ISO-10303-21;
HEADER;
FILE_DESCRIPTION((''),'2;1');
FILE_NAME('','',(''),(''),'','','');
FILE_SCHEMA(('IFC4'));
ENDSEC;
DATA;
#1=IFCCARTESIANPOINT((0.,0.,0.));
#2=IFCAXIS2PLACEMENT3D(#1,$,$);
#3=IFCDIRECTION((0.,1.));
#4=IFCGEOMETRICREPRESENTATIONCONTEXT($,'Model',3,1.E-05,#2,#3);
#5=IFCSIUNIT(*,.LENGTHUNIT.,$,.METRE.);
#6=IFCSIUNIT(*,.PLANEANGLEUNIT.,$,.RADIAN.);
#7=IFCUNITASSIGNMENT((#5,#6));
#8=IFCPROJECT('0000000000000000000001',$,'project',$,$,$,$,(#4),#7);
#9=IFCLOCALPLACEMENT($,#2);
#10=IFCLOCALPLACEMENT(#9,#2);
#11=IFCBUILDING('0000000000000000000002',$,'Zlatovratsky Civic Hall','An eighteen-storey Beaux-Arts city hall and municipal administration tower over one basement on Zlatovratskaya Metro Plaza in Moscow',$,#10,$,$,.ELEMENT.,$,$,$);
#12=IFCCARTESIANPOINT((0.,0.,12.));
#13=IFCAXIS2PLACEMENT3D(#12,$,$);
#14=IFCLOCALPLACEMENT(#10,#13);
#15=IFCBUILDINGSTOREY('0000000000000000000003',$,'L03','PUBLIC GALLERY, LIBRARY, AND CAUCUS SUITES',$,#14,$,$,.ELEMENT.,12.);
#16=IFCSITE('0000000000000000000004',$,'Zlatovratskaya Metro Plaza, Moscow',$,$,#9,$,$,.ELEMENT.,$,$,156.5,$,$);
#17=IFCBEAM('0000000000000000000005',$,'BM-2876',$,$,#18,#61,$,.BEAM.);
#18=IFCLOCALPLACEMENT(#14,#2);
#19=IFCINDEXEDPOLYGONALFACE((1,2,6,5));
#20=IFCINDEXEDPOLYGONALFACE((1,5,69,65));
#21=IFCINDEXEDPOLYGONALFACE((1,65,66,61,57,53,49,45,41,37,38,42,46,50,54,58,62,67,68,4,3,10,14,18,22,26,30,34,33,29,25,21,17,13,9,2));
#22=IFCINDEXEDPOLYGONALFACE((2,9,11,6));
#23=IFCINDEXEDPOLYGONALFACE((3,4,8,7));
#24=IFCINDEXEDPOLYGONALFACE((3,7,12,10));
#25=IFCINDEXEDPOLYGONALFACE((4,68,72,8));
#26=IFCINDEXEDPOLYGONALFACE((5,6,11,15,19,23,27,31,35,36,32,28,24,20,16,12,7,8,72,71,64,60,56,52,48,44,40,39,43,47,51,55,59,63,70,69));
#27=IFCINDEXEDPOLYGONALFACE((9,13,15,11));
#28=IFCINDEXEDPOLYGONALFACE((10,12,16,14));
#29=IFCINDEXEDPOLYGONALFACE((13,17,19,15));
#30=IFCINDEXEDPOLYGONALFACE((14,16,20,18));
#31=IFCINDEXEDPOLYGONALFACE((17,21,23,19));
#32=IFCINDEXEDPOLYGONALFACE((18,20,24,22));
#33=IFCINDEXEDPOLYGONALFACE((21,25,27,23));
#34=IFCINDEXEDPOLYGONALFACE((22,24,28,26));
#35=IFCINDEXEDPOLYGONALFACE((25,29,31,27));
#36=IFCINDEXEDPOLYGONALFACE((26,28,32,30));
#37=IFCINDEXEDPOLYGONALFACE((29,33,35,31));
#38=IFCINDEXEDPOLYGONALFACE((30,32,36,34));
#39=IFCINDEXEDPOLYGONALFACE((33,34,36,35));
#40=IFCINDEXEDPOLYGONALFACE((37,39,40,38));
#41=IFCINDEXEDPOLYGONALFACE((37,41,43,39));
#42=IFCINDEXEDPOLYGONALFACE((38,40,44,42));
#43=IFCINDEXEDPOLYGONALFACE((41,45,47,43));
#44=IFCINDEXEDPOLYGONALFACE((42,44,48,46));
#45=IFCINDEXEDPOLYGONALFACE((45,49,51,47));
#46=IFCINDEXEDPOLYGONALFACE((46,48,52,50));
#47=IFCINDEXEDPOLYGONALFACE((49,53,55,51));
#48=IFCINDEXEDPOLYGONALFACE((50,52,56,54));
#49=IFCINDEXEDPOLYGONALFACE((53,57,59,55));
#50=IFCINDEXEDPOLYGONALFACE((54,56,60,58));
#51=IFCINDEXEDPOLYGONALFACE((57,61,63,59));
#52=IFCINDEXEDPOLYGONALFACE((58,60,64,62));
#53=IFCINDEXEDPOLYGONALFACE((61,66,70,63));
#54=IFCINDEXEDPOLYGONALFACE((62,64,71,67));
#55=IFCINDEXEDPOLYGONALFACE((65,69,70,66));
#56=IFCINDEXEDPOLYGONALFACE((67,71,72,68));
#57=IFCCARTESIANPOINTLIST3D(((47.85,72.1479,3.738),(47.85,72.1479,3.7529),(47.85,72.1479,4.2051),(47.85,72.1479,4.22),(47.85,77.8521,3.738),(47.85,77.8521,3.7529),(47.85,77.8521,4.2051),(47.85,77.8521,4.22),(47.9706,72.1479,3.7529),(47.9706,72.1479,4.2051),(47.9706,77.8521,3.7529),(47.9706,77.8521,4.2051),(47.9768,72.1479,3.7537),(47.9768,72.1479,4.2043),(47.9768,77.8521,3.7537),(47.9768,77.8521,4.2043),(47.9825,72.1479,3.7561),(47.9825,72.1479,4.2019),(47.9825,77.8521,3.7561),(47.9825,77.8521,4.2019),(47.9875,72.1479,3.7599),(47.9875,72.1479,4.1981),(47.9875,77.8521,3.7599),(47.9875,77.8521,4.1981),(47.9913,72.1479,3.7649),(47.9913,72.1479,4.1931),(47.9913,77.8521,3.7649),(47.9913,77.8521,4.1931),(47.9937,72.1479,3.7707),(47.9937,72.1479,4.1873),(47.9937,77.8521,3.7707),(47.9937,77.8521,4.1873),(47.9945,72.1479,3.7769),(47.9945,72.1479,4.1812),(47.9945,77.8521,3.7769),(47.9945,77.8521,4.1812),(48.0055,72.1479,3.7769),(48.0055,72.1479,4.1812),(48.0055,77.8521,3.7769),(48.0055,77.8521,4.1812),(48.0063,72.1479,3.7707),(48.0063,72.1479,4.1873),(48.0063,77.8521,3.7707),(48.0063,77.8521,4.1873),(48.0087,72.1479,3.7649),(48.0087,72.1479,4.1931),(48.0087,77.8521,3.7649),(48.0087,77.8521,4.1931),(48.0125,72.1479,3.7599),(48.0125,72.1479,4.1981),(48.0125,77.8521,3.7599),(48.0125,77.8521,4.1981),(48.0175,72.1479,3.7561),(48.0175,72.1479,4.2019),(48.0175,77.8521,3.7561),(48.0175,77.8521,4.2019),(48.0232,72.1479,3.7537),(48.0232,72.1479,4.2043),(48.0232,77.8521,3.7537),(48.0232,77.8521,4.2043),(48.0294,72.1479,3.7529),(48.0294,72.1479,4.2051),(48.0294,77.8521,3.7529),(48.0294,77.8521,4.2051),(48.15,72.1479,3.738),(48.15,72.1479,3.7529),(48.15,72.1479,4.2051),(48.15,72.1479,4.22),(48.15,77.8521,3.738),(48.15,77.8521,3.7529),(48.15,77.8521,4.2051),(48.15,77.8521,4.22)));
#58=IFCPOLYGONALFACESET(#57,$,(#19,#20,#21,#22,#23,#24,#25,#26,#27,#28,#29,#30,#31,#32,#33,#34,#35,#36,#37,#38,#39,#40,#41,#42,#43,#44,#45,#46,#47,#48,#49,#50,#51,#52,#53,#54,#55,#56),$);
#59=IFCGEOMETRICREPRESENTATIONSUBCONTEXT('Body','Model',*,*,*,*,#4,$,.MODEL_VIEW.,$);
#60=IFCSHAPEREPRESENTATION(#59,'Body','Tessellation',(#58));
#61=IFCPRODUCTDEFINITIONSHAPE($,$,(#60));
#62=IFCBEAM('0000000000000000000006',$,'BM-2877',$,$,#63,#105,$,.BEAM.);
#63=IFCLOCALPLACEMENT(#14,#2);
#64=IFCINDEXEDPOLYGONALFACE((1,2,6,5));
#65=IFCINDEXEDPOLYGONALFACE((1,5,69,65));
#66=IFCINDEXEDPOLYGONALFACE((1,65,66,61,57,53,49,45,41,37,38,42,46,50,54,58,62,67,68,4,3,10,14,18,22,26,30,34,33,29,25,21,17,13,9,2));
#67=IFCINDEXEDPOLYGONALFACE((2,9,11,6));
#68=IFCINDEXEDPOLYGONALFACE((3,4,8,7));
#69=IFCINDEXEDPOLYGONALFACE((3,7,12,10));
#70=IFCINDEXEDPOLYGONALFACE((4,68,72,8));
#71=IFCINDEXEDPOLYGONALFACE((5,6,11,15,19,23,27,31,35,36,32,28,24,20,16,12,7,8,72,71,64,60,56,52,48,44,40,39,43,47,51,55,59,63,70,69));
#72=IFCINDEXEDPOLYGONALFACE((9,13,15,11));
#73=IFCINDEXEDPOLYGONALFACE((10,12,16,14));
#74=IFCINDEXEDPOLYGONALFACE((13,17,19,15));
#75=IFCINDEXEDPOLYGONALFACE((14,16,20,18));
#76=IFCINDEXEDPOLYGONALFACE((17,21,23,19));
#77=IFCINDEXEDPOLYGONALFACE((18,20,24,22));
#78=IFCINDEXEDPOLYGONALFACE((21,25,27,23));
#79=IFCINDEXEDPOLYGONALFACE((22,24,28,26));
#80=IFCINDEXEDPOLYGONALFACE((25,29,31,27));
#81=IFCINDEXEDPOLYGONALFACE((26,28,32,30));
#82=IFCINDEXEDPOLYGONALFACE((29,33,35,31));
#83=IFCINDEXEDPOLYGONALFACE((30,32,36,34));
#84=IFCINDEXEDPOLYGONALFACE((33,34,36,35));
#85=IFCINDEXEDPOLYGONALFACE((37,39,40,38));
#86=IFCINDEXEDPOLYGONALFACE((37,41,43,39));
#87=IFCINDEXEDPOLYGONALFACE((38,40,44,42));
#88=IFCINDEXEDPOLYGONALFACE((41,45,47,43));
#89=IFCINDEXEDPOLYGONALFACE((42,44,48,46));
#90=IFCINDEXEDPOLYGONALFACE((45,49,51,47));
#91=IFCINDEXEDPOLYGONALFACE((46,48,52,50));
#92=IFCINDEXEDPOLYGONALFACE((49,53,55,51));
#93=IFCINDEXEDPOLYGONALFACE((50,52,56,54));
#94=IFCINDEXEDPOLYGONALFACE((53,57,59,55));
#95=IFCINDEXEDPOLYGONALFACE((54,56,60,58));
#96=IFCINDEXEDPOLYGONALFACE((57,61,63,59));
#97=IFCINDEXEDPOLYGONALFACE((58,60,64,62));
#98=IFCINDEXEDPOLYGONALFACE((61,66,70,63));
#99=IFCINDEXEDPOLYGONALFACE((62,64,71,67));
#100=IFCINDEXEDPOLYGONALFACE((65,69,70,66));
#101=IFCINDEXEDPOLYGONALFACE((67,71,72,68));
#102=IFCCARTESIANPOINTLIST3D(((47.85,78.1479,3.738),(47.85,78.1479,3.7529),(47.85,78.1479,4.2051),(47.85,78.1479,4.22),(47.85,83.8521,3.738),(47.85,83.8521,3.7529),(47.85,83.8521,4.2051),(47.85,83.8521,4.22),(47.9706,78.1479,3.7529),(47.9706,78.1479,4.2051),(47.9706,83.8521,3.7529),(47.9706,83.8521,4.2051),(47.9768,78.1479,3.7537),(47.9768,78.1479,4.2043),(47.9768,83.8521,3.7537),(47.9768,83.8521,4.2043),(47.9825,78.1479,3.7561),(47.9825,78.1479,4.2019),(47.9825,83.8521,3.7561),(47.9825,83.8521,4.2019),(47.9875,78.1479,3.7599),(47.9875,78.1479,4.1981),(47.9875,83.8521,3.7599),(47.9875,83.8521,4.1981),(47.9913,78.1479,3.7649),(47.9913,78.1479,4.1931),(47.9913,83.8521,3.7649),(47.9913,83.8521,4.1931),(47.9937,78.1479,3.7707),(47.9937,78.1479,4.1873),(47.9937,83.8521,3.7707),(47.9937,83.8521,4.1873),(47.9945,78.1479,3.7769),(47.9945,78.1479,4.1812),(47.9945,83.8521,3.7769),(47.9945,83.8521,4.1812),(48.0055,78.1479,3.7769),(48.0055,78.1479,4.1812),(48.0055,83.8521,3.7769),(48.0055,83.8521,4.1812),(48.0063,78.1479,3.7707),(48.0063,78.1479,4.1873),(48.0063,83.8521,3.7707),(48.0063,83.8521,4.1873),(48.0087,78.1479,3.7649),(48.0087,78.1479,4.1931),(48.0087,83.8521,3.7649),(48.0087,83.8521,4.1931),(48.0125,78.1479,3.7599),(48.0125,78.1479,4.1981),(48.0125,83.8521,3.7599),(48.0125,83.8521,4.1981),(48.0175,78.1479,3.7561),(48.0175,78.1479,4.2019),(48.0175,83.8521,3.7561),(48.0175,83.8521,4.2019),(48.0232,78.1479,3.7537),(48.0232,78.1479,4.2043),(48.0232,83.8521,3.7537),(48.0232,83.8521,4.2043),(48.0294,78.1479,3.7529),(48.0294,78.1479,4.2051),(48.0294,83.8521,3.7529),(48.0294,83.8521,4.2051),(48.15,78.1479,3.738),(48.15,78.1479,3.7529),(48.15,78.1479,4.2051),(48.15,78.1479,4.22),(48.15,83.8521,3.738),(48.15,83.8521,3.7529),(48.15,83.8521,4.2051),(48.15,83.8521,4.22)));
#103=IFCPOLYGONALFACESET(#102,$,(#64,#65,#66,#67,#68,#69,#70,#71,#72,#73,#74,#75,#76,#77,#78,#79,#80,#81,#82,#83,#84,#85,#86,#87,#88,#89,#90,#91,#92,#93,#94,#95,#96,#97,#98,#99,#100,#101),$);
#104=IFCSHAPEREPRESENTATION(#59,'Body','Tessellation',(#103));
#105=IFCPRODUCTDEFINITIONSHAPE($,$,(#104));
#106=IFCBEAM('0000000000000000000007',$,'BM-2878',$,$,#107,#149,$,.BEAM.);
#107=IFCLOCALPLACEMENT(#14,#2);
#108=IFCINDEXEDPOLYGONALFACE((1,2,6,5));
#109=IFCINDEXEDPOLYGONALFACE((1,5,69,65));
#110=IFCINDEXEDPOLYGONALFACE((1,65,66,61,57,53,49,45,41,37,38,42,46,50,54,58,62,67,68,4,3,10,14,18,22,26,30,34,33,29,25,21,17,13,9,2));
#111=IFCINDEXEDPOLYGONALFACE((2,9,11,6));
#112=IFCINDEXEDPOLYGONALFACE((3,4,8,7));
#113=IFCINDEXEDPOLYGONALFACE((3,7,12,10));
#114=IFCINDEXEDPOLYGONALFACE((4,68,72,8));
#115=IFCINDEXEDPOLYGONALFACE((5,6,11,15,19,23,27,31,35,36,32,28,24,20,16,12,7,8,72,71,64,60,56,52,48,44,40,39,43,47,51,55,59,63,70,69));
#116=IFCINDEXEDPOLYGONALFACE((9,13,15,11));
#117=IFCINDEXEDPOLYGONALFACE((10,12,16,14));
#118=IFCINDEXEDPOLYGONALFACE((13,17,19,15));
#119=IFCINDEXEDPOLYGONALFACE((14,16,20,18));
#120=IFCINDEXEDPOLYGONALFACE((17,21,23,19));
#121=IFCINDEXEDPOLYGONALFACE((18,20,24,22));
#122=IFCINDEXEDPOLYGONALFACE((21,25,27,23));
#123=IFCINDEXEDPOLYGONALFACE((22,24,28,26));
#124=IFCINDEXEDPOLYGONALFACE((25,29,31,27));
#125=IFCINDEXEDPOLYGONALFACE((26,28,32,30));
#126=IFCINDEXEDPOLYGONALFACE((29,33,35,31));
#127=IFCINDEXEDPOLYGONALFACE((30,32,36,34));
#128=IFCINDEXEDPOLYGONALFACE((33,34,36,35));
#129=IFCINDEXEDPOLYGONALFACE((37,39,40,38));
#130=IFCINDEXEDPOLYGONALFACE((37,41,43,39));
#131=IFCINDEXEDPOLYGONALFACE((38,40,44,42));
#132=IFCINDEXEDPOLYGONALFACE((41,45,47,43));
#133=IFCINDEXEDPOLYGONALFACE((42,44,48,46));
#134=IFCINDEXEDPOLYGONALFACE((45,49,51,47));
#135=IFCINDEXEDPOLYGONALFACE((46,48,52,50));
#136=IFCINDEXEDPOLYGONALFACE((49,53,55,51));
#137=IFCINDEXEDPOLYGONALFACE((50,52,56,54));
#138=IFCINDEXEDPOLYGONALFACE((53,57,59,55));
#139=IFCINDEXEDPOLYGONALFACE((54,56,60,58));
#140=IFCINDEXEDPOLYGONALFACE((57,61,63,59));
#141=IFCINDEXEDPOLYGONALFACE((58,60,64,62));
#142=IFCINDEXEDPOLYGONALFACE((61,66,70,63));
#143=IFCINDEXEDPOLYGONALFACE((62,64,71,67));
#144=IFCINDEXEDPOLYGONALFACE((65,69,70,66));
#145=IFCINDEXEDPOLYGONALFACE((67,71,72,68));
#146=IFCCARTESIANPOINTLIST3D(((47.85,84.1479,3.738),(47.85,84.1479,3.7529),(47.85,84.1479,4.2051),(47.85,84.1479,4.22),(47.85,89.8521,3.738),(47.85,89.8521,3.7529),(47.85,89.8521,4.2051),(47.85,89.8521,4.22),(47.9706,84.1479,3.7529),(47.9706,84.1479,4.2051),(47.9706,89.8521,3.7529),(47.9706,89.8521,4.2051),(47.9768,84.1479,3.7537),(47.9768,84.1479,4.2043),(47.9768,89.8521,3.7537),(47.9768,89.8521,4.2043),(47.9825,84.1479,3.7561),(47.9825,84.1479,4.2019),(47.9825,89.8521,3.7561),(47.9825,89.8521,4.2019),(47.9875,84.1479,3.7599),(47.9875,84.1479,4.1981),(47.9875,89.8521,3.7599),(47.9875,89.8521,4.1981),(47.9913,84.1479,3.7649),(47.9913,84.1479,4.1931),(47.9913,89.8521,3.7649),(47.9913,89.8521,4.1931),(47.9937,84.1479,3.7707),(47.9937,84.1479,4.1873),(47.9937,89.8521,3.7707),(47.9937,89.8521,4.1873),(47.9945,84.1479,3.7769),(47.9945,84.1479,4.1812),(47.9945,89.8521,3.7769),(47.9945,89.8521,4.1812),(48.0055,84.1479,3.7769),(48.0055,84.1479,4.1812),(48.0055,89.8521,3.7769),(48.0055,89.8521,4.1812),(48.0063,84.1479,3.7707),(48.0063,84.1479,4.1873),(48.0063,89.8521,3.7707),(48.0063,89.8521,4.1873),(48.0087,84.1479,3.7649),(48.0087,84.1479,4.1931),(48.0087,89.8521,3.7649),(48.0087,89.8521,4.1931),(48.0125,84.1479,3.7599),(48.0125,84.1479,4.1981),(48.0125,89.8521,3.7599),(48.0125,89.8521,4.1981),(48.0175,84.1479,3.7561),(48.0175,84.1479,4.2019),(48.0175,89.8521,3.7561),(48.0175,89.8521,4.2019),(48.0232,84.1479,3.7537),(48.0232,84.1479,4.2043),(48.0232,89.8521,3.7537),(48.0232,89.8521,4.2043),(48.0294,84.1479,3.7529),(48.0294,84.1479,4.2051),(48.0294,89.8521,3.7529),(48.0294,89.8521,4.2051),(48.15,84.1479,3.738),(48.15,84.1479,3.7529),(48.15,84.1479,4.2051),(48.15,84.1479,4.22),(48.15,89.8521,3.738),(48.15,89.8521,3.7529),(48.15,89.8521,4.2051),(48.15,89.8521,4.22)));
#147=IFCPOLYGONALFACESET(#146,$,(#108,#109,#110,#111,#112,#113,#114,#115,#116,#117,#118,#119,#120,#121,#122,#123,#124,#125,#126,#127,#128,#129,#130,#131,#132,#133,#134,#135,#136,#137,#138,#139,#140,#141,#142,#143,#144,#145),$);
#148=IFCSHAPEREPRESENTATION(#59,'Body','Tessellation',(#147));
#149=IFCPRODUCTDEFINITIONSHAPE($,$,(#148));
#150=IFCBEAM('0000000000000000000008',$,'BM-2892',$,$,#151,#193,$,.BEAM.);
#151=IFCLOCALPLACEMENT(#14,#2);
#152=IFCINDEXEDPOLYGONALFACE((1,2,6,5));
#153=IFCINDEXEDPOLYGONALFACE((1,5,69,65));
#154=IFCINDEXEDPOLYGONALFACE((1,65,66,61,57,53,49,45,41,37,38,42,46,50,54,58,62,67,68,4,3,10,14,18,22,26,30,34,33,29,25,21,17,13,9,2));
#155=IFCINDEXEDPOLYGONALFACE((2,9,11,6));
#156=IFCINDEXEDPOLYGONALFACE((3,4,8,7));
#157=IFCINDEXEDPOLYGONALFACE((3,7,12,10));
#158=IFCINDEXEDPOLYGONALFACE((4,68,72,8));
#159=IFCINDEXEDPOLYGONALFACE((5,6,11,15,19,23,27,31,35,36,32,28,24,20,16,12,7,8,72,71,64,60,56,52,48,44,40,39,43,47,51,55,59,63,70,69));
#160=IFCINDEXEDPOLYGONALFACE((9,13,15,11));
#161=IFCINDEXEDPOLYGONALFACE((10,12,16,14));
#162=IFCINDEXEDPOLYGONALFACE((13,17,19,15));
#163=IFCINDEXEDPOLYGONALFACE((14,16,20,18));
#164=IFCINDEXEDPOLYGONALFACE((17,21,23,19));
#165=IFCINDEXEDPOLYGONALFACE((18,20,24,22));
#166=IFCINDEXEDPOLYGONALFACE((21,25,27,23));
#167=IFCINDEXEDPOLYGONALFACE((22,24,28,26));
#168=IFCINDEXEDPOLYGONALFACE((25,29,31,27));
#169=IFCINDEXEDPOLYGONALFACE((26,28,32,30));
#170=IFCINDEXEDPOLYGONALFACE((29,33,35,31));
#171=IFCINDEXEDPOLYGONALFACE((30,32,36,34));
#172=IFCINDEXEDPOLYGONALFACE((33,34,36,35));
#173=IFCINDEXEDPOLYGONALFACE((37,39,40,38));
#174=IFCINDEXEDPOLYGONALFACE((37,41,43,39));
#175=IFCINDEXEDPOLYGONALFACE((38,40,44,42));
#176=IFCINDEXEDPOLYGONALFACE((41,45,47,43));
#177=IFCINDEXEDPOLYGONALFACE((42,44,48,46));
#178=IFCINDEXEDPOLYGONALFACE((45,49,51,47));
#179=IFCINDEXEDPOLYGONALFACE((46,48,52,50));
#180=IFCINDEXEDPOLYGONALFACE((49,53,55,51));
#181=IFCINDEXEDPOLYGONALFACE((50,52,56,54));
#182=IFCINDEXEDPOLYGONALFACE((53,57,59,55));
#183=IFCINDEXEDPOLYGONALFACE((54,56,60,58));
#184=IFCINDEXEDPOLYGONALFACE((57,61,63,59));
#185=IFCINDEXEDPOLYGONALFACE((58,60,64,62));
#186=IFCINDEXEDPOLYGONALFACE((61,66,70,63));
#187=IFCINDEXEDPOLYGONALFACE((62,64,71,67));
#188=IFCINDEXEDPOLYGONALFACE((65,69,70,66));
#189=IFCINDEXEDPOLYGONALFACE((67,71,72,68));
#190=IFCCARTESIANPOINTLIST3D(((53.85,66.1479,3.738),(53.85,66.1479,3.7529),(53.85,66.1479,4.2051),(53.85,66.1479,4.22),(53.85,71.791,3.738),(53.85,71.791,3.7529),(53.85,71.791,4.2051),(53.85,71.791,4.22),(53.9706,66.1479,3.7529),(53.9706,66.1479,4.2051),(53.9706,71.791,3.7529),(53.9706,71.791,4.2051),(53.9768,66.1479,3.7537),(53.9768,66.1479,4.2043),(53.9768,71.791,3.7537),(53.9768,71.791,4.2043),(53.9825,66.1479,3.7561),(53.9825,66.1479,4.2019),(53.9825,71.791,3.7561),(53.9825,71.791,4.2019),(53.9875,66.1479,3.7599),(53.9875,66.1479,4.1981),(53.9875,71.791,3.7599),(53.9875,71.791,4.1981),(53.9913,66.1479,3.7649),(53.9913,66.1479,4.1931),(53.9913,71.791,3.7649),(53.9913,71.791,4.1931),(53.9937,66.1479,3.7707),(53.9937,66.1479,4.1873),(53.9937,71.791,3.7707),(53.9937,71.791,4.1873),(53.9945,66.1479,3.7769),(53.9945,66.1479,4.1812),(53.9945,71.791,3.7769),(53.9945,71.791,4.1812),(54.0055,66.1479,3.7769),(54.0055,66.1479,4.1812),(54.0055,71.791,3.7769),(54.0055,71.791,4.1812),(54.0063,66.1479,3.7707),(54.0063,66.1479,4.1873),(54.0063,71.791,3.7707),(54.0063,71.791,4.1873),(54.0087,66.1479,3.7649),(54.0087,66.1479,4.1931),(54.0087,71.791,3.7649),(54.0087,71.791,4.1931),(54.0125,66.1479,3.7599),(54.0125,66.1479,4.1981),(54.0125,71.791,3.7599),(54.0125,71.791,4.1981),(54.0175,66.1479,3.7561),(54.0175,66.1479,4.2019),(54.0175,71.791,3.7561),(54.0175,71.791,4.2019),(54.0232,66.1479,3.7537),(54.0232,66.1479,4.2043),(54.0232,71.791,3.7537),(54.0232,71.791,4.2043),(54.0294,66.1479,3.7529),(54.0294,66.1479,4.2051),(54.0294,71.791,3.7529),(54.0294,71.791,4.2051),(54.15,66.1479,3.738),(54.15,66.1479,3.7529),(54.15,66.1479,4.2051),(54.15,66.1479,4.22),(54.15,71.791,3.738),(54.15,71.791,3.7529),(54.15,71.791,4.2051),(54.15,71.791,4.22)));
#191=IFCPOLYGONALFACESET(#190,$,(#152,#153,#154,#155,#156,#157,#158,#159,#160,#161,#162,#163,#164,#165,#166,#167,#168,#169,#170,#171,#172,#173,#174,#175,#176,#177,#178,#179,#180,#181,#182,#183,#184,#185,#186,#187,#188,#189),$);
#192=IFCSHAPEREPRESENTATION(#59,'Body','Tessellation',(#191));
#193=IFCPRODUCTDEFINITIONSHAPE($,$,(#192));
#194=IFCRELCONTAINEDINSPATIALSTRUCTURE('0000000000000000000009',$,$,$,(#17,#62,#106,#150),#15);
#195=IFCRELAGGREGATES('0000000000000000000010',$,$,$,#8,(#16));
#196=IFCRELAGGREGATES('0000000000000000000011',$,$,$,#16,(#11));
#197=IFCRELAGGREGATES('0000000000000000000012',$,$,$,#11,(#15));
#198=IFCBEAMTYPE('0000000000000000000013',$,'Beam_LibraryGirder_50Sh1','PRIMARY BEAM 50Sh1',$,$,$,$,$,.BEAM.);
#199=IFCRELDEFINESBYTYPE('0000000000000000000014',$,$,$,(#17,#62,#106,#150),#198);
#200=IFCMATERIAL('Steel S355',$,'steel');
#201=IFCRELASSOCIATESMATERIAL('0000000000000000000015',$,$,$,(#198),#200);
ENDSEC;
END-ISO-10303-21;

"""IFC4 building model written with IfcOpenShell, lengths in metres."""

from ifc_helpers import new_model, si_unit, direction, frame, origin, origin_2d, place, context, subcontext, project, spatial, i_section, extrude, material, material_profile, profile_set, type_object, element, save


model = new_model("IFC4")

# Units and contexts
model_context = context("Model", 3, precision=1e-05, world=origin(), true_north=direction((0.0, 1.0)))
body_context = subcontext(model_context, "Body", "Model", "MODEL_VIEW")
ifc_project = project(units=[si_unit("LENGTHUNIT", "METRE"), si_unit("PLANEANGLEUNIT", "RADIAN")], contexts=[model_context])

# Site, building, storey
site_placement = place(None, origin())
site = spatial("IfcSite", under=ifc_project, at=site_placement, Name="Zlatovratskaya Metro Plaza, Moscow", CompositionType="ELEMENT", RefElevation=156.5)
building_placement = place(site_placement, origin())
building = spatial("IfcBuilding", under=site, at=building_placement, Name="Zlatovratsky Civic Hall", Description="An eighteen-storey Beaux-Arts city hall and municipal administration tower over one basement on Zlatovratskaya Metro Plaza in Moscow", CompositionType="ELEMENT")
storey_placement = place(building_placement, frame((0.0, 0.0, 12.0)))
storey = spatial("IfcBuildingStorey", under=building, at=storey_placement, Name="L03", Description="PUBLIC GALLERY, LIBRARY, AND CAUCUS SUITES", CompositionType="ELEMENT", Elevation=12.0)

# Shared definitions
ifc_material_1 = material(Name="Steel S355", Category="steel")

# Beams
ifc_material_profile_1 = material_profile(ifc_material_1, i_section(OverallWidth=0.3, OverallDepth=0.4819, WebThickness=0.011, FlangeThickness=0.0149, FilletRadius=0.0239, at=origin_2d()), Name="50Sh1")
ifc_profile_set_1 = profile_set([ifc_material_profile_1], Name="Steel S355")
beam_type_1 = type_object("IfcBeamType", Name="Beam_LibraryGirder_50Sh1", Description="PRIMARY BEAM 50Sh1", PredefinedType="BEAM", material=ifc_profile_set_1)
for number, where, z_axis, x_axis, name in (
    (1, (48.0, 72.1479, 3.979), (0.0, 1.0, 0.0), (-1.0, 0.0, 0.0), "BM-2876"),
    (2, (48.0, 78.1479, 3.979), (0.0, 1.0, 0.0), (-1.0, 0.0, 0.0), "BM-2877"),
    (3, (48.0, 84.1479, 3.979), (0.0, 1.0, 0.0), (-1.0, 0.0, 0.0), "BM-2878"),
):
    element("IfcBeam", number, at=place(storey_placement, frame(where, z_axis=z_axis, x_axis=x_axis)), inside=storey, type_object=beam_type_1, Name=name, PredefinedType="BEAM", context=body_context, shape_type="SweptSolid", body=[
        extrude(i_section(OverallWidth=0.3, OverallDepth=0.4819, WebThickness=0.011, FlangeThickness=0.0149, FilletRadius=0.0239, at=origin_2d()), origin(), (0.0, 0.0, 1.0), 5.7041),
    ])
beam_1_placement = place(storey_placement, frame((54.0, 66.1479, 3.979), z_axis=(0.0, 1.0, 0.0), x_axis=(-1.0, 0.0, 0.0)))
element("IfcBeam", 4, at=beam_1_placement, inside=storey, type_object=beam_type_1, Name="BM-2892", PredefinedType="BEAM", context=body_context, shape_type="SweptSolid", body=[
    extrude(i_section(OverallWidth=0.3, OverallDepth=0.4819, WebThickness=0.011, FlangeThickness=0.0149, FilletRadius=0.0239, at=origin_2d()), origin(), (0.0, 0.0, 1.0), 5.6431),
])

save(model, "model.ifc")
